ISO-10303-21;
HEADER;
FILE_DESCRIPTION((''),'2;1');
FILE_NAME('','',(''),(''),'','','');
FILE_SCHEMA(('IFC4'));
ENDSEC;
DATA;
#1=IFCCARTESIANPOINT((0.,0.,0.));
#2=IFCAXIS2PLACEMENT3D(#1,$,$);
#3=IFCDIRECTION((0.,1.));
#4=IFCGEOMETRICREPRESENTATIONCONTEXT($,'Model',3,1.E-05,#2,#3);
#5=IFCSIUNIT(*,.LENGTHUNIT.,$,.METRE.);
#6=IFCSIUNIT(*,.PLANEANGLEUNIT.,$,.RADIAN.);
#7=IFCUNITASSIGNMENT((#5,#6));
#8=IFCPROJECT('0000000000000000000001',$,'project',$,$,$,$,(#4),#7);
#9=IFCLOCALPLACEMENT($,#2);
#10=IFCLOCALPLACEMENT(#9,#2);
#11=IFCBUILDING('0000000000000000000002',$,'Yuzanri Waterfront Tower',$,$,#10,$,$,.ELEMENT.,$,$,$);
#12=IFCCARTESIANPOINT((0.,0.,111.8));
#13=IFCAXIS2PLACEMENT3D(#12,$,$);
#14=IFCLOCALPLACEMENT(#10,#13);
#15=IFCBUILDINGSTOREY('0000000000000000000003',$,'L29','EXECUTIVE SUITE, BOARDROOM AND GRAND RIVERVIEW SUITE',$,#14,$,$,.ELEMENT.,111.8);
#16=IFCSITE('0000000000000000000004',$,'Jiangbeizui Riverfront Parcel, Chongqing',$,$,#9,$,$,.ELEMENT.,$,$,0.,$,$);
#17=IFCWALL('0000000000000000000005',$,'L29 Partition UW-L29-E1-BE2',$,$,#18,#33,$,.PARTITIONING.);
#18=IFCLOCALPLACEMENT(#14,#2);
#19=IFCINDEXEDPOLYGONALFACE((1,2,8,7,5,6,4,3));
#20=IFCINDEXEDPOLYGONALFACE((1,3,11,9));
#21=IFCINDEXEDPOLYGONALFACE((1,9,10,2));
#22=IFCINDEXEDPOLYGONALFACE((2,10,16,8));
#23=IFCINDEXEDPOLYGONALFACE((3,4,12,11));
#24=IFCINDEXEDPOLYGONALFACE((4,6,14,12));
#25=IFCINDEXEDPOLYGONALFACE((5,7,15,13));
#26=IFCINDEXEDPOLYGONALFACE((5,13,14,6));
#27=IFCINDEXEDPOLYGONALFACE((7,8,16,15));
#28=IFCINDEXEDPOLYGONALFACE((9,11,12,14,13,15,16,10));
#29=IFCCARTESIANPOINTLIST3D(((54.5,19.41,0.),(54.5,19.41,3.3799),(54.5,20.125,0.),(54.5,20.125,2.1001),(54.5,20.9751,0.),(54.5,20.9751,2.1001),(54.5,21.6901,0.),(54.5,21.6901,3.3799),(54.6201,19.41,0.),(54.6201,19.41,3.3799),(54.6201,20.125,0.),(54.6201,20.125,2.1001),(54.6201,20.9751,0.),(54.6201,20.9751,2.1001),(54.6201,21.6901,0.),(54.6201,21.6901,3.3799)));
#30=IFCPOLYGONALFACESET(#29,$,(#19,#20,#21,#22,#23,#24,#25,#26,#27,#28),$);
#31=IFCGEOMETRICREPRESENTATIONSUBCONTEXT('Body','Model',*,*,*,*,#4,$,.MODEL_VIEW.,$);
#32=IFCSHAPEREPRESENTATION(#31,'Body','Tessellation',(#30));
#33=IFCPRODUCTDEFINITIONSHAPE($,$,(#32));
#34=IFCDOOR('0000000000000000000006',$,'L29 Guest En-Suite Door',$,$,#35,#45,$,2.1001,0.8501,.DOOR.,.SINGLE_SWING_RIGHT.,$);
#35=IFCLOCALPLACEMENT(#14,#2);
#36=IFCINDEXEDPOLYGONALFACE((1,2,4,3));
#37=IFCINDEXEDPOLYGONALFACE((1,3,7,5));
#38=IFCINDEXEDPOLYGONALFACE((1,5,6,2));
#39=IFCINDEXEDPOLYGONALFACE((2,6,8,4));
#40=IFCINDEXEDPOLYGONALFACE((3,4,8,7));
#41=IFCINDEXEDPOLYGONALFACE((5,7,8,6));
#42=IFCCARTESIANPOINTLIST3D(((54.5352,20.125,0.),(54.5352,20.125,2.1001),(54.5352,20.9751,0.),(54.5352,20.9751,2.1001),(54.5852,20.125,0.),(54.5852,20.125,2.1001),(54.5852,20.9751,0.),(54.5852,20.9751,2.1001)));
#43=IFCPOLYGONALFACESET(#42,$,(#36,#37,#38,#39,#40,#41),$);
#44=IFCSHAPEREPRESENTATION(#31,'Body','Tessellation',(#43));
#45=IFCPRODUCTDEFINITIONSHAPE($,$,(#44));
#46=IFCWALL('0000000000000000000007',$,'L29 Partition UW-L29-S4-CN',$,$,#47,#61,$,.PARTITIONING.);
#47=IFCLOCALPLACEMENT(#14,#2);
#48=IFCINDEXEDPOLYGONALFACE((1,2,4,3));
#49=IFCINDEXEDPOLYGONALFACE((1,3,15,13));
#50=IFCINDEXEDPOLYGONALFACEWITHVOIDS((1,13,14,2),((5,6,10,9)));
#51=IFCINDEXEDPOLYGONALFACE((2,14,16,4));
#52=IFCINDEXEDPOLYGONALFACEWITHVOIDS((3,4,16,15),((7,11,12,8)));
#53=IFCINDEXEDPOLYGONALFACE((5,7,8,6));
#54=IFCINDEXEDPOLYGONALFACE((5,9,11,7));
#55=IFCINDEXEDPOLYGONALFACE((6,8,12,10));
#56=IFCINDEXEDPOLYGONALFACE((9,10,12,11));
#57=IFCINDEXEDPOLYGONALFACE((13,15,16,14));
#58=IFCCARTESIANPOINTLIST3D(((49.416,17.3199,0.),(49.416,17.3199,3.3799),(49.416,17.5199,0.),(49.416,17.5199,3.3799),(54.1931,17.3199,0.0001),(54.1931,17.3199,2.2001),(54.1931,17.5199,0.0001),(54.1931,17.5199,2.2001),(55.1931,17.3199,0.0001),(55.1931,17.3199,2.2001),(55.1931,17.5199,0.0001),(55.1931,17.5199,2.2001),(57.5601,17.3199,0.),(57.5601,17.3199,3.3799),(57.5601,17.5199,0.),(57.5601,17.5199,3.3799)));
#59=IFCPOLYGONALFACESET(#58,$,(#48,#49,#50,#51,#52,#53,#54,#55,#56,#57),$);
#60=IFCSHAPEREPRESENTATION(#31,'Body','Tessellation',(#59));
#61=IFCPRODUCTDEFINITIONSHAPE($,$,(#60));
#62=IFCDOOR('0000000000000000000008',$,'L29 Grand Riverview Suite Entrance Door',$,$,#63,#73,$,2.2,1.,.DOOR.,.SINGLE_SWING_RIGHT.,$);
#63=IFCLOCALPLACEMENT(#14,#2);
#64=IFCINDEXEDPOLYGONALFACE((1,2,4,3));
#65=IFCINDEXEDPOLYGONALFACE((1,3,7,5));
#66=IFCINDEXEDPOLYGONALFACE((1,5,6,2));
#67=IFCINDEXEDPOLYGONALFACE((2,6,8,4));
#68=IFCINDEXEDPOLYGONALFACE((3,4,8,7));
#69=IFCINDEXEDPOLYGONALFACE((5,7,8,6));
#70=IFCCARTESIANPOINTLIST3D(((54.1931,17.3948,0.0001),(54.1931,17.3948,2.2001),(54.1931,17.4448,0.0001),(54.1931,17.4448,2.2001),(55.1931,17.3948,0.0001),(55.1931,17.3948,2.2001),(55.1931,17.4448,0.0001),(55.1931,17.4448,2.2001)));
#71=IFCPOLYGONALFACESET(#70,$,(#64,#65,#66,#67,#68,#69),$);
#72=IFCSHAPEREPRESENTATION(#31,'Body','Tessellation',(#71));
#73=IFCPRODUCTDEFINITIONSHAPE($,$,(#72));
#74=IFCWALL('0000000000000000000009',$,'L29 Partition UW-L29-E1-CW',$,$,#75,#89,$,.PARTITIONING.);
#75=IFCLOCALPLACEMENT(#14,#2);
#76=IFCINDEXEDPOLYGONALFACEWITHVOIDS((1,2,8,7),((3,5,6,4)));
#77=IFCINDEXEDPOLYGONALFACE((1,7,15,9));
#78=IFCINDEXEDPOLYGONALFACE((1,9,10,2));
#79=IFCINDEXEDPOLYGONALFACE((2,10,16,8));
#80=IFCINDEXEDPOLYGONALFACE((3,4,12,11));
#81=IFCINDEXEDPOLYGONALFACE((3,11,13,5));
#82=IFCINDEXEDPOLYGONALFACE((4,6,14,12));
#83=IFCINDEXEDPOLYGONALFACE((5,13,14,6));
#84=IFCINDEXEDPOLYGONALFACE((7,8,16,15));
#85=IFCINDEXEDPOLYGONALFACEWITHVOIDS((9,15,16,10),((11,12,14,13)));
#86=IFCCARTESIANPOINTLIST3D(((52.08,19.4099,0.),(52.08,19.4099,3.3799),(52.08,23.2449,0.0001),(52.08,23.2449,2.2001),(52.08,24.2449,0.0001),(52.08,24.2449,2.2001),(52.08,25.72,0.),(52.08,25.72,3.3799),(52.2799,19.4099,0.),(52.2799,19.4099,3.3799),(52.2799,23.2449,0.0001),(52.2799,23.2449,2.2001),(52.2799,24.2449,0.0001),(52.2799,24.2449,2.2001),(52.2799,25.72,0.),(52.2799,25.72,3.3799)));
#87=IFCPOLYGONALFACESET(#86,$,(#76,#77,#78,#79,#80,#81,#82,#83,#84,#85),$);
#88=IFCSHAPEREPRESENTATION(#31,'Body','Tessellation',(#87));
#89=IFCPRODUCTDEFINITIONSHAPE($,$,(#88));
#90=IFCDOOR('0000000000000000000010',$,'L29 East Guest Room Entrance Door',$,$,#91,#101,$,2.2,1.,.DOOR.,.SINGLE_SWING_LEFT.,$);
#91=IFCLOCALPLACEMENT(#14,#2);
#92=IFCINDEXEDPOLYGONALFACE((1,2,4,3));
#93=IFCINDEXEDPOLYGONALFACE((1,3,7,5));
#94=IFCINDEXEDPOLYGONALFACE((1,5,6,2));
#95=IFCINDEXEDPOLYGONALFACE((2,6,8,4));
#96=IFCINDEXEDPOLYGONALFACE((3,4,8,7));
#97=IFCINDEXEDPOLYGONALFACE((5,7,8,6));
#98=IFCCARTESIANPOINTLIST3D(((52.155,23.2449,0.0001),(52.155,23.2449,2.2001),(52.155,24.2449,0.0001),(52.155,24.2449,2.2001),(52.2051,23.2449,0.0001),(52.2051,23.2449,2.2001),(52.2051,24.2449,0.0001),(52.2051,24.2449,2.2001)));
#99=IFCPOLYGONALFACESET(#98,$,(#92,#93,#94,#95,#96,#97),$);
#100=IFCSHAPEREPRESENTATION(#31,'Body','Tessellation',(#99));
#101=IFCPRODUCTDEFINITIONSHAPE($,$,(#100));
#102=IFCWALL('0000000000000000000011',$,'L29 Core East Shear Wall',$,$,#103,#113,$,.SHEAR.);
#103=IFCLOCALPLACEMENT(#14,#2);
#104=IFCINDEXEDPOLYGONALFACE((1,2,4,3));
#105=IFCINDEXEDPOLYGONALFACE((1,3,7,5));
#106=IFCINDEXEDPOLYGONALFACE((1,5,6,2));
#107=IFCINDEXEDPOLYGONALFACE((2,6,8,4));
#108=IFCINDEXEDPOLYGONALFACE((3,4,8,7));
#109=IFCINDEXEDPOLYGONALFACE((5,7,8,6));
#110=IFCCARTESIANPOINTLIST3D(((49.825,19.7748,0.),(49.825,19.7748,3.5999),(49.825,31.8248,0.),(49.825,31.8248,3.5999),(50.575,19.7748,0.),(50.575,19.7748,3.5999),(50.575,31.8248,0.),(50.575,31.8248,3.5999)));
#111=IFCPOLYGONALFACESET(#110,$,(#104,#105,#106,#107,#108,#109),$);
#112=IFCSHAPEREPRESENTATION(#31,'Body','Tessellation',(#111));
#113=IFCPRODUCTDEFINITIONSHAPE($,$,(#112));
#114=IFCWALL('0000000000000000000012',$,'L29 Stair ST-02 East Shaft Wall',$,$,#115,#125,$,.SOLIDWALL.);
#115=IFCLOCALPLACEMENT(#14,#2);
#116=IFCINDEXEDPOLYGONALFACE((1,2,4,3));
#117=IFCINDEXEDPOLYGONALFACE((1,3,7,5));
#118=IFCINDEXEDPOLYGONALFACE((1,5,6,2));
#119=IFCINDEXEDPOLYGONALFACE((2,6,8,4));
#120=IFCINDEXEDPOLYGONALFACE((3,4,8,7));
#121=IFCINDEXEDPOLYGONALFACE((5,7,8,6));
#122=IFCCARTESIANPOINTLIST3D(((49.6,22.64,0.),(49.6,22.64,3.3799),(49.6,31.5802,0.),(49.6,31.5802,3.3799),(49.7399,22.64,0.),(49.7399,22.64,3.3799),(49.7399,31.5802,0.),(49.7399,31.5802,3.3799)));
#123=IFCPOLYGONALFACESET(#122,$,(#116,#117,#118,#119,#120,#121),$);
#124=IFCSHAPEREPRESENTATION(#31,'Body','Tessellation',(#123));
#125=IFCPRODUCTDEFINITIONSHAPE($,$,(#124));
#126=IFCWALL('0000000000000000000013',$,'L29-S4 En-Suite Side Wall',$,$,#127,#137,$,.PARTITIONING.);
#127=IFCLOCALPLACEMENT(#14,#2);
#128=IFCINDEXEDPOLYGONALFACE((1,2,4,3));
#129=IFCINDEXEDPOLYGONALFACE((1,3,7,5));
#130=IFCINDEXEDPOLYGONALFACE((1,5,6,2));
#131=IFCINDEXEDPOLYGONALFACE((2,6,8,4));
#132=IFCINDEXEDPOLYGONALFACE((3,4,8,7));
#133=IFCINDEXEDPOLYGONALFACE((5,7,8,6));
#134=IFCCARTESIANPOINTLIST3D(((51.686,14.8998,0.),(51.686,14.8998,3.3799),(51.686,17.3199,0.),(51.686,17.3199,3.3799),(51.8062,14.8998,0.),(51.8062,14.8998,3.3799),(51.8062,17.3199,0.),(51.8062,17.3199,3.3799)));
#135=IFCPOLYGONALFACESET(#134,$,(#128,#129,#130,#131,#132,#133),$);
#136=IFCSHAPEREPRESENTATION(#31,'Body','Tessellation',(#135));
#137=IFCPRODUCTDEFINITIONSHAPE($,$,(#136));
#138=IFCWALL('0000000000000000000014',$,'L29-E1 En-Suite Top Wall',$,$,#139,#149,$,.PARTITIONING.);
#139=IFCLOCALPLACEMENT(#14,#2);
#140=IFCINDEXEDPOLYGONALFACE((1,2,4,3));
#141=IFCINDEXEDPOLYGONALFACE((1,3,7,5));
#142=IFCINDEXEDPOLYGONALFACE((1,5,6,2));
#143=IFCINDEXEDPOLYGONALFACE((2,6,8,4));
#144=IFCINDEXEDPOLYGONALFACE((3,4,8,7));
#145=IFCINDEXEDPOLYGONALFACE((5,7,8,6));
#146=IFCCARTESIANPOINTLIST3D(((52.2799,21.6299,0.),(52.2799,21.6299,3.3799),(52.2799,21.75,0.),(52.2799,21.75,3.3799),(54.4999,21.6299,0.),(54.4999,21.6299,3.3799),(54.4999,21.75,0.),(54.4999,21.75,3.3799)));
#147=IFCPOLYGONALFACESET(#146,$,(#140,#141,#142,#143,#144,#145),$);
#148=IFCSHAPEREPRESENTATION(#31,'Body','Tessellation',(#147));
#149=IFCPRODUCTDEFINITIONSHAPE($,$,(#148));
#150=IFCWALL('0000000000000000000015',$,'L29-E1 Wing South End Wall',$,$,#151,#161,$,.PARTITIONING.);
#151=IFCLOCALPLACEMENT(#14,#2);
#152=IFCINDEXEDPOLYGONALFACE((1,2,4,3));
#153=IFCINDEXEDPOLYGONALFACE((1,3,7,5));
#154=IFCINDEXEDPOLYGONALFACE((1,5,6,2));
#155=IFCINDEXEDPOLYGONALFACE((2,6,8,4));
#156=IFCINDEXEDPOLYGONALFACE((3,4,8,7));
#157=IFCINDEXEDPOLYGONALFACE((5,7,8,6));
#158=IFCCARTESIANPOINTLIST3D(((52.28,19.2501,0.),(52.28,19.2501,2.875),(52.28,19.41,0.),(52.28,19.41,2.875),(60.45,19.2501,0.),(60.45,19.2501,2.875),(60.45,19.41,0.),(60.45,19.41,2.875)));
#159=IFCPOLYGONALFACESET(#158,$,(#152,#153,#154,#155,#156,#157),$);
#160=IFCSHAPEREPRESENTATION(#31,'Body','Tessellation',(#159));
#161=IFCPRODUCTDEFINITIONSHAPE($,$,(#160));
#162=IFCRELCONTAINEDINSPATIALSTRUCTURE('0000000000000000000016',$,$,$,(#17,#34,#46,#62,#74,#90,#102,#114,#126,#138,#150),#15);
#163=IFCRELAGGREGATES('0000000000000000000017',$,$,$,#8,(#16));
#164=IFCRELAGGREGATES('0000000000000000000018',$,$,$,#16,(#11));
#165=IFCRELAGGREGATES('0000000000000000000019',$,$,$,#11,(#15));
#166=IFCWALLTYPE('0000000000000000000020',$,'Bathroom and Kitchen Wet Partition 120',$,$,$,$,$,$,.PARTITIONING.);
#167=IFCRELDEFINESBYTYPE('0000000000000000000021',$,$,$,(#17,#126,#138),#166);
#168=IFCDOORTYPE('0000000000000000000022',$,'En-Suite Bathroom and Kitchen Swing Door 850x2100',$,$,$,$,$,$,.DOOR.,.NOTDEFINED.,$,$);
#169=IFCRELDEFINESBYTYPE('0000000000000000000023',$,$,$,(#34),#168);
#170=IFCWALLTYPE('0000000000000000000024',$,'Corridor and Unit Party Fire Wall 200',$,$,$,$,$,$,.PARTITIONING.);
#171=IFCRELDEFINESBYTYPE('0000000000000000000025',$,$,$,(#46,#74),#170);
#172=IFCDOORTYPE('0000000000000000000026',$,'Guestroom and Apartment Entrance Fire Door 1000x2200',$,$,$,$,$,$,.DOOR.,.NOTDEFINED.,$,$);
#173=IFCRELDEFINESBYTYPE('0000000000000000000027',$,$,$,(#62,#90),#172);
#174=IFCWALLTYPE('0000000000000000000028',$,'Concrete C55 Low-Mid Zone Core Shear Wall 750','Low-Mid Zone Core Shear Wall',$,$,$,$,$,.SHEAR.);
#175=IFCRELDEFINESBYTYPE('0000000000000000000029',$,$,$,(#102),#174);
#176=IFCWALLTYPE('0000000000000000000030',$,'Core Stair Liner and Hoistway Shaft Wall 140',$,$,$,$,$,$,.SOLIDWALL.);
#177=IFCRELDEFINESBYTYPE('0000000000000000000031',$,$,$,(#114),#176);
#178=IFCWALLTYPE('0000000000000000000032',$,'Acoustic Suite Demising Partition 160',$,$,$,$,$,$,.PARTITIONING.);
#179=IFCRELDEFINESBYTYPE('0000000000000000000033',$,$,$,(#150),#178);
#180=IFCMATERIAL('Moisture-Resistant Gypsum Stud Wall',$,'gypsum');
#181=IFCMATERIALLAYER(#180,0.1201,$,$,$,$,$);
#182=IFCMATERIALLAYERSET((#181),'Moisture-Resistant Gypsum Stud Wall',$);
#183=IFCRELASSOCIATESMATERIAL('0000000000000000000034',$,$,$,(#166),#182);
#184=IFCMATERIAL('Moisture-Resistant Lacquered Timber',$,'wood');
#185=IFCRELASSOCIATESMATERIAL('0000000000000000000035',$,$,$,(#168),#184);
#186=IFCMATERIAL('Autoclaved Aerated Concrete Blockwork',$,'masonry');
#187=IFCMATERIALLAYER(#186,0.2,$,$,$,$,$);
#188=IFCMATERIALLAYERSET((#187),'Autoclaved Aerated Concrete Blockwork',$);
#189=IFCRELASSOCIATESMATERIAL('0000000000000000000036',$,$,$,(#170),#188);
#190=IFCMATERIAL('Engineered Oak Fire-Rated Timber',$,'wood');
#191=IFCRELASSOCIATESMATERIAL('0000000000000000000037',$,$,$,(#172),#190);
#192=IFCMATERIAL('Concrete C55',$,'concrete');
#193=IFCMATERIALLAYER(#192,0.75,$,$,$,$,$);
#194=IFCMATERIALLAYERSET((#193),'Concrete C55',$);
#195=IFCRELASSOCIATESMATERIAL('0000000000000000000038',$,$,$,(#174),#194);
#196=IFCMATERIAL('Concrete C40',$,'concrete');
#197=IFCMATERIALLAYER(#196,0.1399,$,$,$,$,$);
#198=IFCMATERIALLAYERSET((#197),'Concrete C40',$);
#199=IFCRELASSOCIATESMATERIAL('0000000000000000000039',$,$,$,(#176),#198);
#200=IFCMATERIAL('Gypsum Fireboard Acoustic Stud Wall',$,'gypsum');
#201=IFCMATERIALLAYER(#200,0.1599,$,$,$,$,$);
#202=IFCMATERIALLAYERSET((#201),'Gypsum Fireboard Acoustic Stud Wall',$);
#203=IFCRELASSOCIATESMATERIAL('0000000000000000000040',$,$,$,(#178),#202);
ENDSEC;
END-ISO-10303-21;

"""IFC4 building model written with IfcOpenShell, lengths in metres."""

from ifc_helpers import new_model, si_unit, direction, frame, frame_2d, origin, place, context, subcontext, project, spatial, rectangle, extrude, source, transform, mapped, material, layer, layer_set, type_object, element, fill, save


model = new_model("IFC4")

# Units and contexts
model_context = context("Model", 3, precision=1e-05, world=origin(), true_north=direction((0.0, 1.0)))
body_context = subcontext(model_context, "Body", "Model", "MODEL_VIEW")
ifc_project = project(units=[si_unit("LENGTHUNIT", "METRE"), si_unit("PLANEANGLEUNIT", "RADIAN")], contexts=[model_context])

# Site, building, storey
site_placement = place(None, origin())
site = spatial("IfcSite", under=ifc_project, at=site_placement, Name="Jiangbeizui Riverfront Parcel, Chongqing", CompositionType="ELEMENT", RefElevation=0.0)
building_placement = place(site_placement, origin())
building = spatial("IfcBuilding", under=site, at=building_placement, Name="Yuzanri Waterfront Tower", CompositionType="ELEMENT")
storey_placement = place(building_placement, frame((0.0, 0.0, 111.8)))
storey = spatial("IfcBuildingStorey", under=building, at=storey_placement, Name="L29", Description="EXECUTIVE SUITE, BOARDROOM AND GRAND RIVERVIEW SUITE", CompositionType="ELEMENT", Elevation=111.8)

# Walls, openings, doors
ifc_material_1 = material(Name="Moisture-Resistant Gypsum Stud Wall", Category="gypsum")
ifc_layer_1 = layer(ifc_material_1, 0.1201)
ifc_layer_set_1 = layer_set([ifc_layer_1], Name="Moisture-Resistant Gypsum Stud Wall")
wall_type_1 = type_object("IfcWallType", Name="Bathroom and Kitchen Wet Partition 120", PredefinedType="PARTITIONING", material=ifc_layer_set_1)
wall_1_placement = place(storey_placement, frame((54.5601, 19.4099, 0.0), z_axis=(0.0, 0.0, 1.0), x_axis=(0.0, 1.0, 0.0)))
wall_1 = element("IfcWall", 1, at=wall_1_placement, inside=storey, type_object=wall_type_1, Name="L29 Partition UW-L29-E1-BE2", PredefinedType="PARTITIONING", context=body_context, shape_type="SweptSolid", body=[
    extrude(rectangle(XDim=2.28, YDim=0.1201, at=frame_2d((1.1401, 0.0))), origin(), (0.0, 0.0, 1.0), 3.3799),
])
opening_1_placement = place(wall_1_placement, frame((0.7151, 0.0, 0.0)))
opening_1 = element("IfcOpeningElement", 2, at=opening_1_placement, cuts=wall_1, PredefinedType="OPENING", context=body_context, shape_type="SweptSolid", body=[
    extrude(rectangle(XDim=0.8501, YDim=2.1001, at=frame_2d((0.425, 1.05))), frame((0.0, 0.075, 0.0), z_axis=(0.0, -1.0, 0.0), x_axis=(1.0, 0.0, 0.0)), (0.0, 0.0, 1.0), 0.1499),
])
ifc_material_2 = material(Name="Moisture-Resistant Lacquered Timber", Category="wood")
door_type_1 = type_object("IfcDoorType", Name="En-Suite Bathroom and Kitchen Swing Door 850x2100", OperationType="NOTDEFINED", PredefinedType="DOOR", material=ifc_material_2)
shared_shape_1 = source(origin(), body_context, "Body", "SweptSolid", [
    extrude(rectangle(XDim=0.8501, YDim=2.1001, at=frame_2d((0.425, 1.05))), frame((0.0, 0.0249, 0.0), z_axis=(0.0, -1.0, 0.0), x_axis=(1.0, 0.0, 0.0)), (0.0, 0.0, 1.0), 0.05),
])
door_1_placement = place(opening_1_placement, origin())
door_1 = element("IfcDoor", 3, at=door_1_placement, inside=storey, type_object=door_type_1, Name="L29 Guest En-Suite Door", OperationType="SINGLE_SWING_RIGHT", OverallHeight=2.1001, OverallWidth=0.8501, PredefinedType="DOOR", context=body_context, shape_type="MappedRepresentation", body=[
    mapped(shared_shape_1, transform((0.0, 0.0, 0.0), scale=1.0)),
])
fill(opening_1, door_1)
ifc_material_3 = material(Name="Autoclaved Aerated Concrete Blockwork", Category="masonry")
ifc_layer_2 = layer(ifc_material_3, 0.2)
ifc_layer_set_2 = layer_set([ifc_layer_2], Name="Autoclaved Aerated Concrete Blockwork")
wall_type_2 = type_object("IfcWallType", Name="Corridor and Unit Party Fire Wall 200", PredefinedType="PARTITIONING", material=ifc_layer_set_2)
wall_2_placement = place(storey_placement, frame((49.416, 17.4199, 0.0), z_axis=(0.0, 0.0, 1.0), x_axis=(1.0, 0.0, 0.0)))
wall_2 = element("IfcWall", 4, at=wall_2_placement, inside=storey, type_object=wall_type_2, Name="L29 Partition UW-L29-S4-CN", PredefinedType="PARTITIONING", context=body_context, shape_type="SweptSolid", body=[
    extrude(rectangle(XDim=8.144, YDim=0.2, at=frame_2d((4.072, 0.0))), origin(), (0.0, 0.0, 1.0), 3.3799),
])
opening_2_placement = place(wall_2_placement, frame((4.7771, 0.0, 0.0)))
opening_2 = element("IfcOpeningElement", 5, at=opening_2_placement, cuts=wall_2, PredefinedType="OPENING", context=body_context, shape_type="SweptSolid", body=[
    extrude(rectangle(XDim=1.0, YDim=2.2, at=frame_2d((0.5, 1.1001))), frame((0.0, 0.1147, 0.0), z_axis=(0.0, -1.0, 0.0), x_axis=(1.0, 0.0, 0.0)), (0.0, 0.0, 1.0), 0.2297),
])
ifc_material_4 = material(Name="Engineered Oak Fire-Rated Timber", Category="wood")
door_type_2 = type_object("IfcDoorType", Name="Guestroom and Apartment Entrance Fire Door 1000x2200", OperationType="NOTDEFINED", PredefinedType="DOOR", material=ifc_material_4)
shared_shape_2 = source(origin(), body_context, "Body", "SweptSolid", [
    extrude(rectangle(XDim=1.0, YDim=2.2, at=frame_2d((0.5, 1.1001))), frame((0.0, 0.0249, 0.0), z_axis=(0.0, -1.0, 0.0), x_axis=(1.0, 0.0, 0.0)), (0.0, 0.0, 1.0), 0.05),
])
door_2_placement = place(opening_2_placement, origin())
door_2 = element("IfcDoor", 6, at=door_2_placement, inside=storey, type_object=door_type_2, Name="L29 Grand Riverview Suite Entrance Door", OperationType="SINGLE_SWING_RIGHT", OverallHeight=2.2, OverallWidth=1.0, PredefinedType="DOOR", context=body_context, shape_type="MappedRepresentation", body=[
    mapped(shared_shape_2, transform((0.0, 0.0, 0.0), scale=1.0)),
])
fill(opening_2, door_2)
wall_3_placement = place(storey_placement, frame((52.1799, 19.4099, 0.0), z_axis=(0.0, 0.0, 1.0), x_axis=(0.0, 1.0, 0.0)))
wall_3 = element("IfcWall", 7, at=wall_3_placement, inside=storey, type_object=wall_type_2, Name="L29 Partition UW-L29-E1-CW", PredefinedType="PARTITIONING", context=body_context, shape_type="SweptSolid", body=[
    extrude(rectangle(XDim=6.3101, YDim=0.2, at=frame_2d((3.155, 0.0))), origin(), (0.0, 0.0, 1.0), 3.3799),
])
opening_3_placement = place(wall_3_placement, frame((3.835, 0.0, 0.0)))
opening_3 = element("IfcOpeningElement", 8, at=opening_3_placement, cuts=wall_3, PredefinedType="OPENING", context=body_context, shape_type="SweptSolid", body=[
    extrude(rectangle(XDim=1.0, YDim=2.2, at=frame_2d((0.5, 1.1001))), frame((0.0, 0.1147, 0.0), z_axis=(0.0, -1.0, 0.0), x_axis=(1.0, 0.0, 0.0)), (0.0, 0.0, 1.0), 0.2297),
])
door_3_placement = place(opening_3_placement, origin())
door_3 = element("IfcDoor", 9, at=door_3_placement, inside=storey, type_object=door_type_2, Name="L29 East Guest Room Entrance Door", OperationType="SINGLE_SWING_LEFT", OverallHeight=2.2, OverallWidth=1.0, PredefinedType="DOOR", context=body_context, shape_type="MappedRepresentation", body=[
    mapped(shared_shape_2, transform((0.0, 0.0, 0.0), scale=1.0)),
])
fill(opening_3, door_3)

# Walls
ifc_material_5 = material(Name="Concrete C55", Category="concrete")
ifc_layer_3 = layer(ifc_material_5, 0.75)
ifc_layer_set_3 = layer_set([ifc_layer_3], Name="Concrete C55")
wall_type_3 = type_object("IfcWallType", Name="Concrete C55 Low-Mid Zone Core Shear Wall 750", Description="Low-Mid Zone Core Shear Wall", PredefinedType="SHEAR", material=ifc_layer_set_3)
shared_shape_3 = source(origin(), body_context, "Body", "SweptSolid", [
    extrude(rectangle(XDim=12.05, YDim=0.75, at=frame_2d((6.0249, 0.0))), origin(), (0.0, 0.0, 1.0), 3.5999),
])
wall_4_placement = place(storey_placement, frame((50.2, 19.7749, 0.0), z_axis=(0.0, 0.0, 1.0), x_axis=(0.0, 1.0, 0.0)))
element("IfcWall", 10, at=wall_4_placement, inside=storey, type_object=wall_type_3, Name="L29 Core East Shear Wall", PredefinedType="SHEAR", context=body_context, shape_type="MappedRepresentation", body=[
    mapped(shared_shape_3, transform((0.0, 0.0, 0.0), scale=1.0)),
])
ifc_material_6 = material(Name="Concrete C40", Category="concrete")
ifc_layer_4 = layer(ifc_material_6, 0.1399)
ifc_layer_set_4 = layer_set([ifc_layer_4], Name="Concrete C40")
wall_type_4 = type_object("IfcWallType", Name="Core Stair Liner and Hoistway Shaft Wall 140", PredefinedType="SOLIDWALL", material=ifc_layer_set_4)
shared_shape_4 = source(origin(), body_context, "Body", "SweptSolid", [
    extrude(rectangle(XDim=8.9402, YDim=0.1399, at=frame_2d((4.4702, 0.0))), origin(), (0.0, 0.0, 1.0), 3.3799),
])
wall_5_placement = place(storey_placement, frame((49.6699, 22.6399, 0.0), z_axis=(0.0, 0.0, 1.0), x_axis=(0.0, 1.0, 0.0)))
element("IfcWall", 11, at=wall_5_placement, inside=storey, type_object=wall_type_4, Name="L29 Stair ST-02 East Shaft Wall", PredefinedType="SOLIDWALL", context=body_context, shape_type="MappedRepresentation", body=[
    mapped(shared_shape_4, transform((0.0, 0.0, 0.0), scale=1.0)),
])
shared_shape_5 = source(origin(), body_context, "Body", "SweptSolid", [
    extrude(rectangle(XDim=2.4202, YDim=0.1201, at=frame_2d((1.21, 0.0))), origin(), (0.0, 0.0, 1.0), 3.3799),
])
wall_6_placement = place(storey_placement, frame((51.7461, 14.8999, 0.0), z_axis=(0.0, 0.0, 1.0), x_axis=(0.0, 1.0, 0.0)))
element("IfcWall", 12, at=wall_6_placement, inside=storey, type_object=wall_type_1, Name="L29-S4 En-Suite Side Wall", PredefinedType="PARTITIONING", context=body_context, shape_type="MappedRepresentation", body=[
    mapped(shared_shape_5, transform((0.0, 0.0, 0.0), scale=1.0)),
])
shared_shape_6 = source(origin(), body_context, "Body", "SweptSolid", [
    extrude(rectangle(XDim=2.22, YDim=0.1201, at=frame_2d((1.1099, 0.0))), origin(), (0.0, 0.0, 1.0), 3.3799),
])
wall_7_placement = place(storey_placement, frame((52.28, 21.6899, 0.0), z_axis=(0.0, 0.0, 1.0), x_axis=(1.0, 0.0, 0.0)))
element("IfcWall", 13, at=wall_7_placement, inside=storey, type_object=wall_type_1, Name="L29-E1 En-Suite Top Wall", PredefinedType="PARTITIONING", context=body_context, shape_type="MappedRepresentation", body=[
    mapped(shared_shape_6, transform((0.0, 0.0, 0.0), scale=1.0)),
])
ifc_material_7 = material(Name="Gypsum Fireboard Acoustic Stud Wall", Category="gypsum")
ifc_layer_5 = layer(ifc_material_7, 0.1599)
ifc_layer_set_5 = layer_set([ifc_layer_5], Name="Gypsum Fireboard Acoustic Stud Wall")
wall_type_5 = type_object("IfcWallType", Name="Acoustic Suite Demising Partition 160", PredefinedType="PARTITIONING", material=ifc_layer_set_5)
shared_shape_7 = source(origin(), body_context, "Body", "SweptSolid", [
    extrude(rectangle(XDim=8.1699, YDim=0.1599, at=frame_2d((4.085, 0.0))), origin(), (0.0, 0.0, 1.0), 2.875),
])
wall_8_placement = place(storey_placement, frame((52.28, 19.3301, 0.0), z_axis=(0.0, 0.0, 1.0), x_axis=(1.0, 0.0, 0.0)))
element("IfcWall", 14, at=wall_8_placement, inside=storey, type_object=wall_type_5, Name="L29-E1 Wing South End Wall", PredefinedType="PARTITIONING", context=body_context, shape_type="MappedRepresentation", body=[
    mapped(shared_shape_7, transform((0.0, 0.0, 0.0), scale=1.0)),
])

save(model, "model.ifc")
